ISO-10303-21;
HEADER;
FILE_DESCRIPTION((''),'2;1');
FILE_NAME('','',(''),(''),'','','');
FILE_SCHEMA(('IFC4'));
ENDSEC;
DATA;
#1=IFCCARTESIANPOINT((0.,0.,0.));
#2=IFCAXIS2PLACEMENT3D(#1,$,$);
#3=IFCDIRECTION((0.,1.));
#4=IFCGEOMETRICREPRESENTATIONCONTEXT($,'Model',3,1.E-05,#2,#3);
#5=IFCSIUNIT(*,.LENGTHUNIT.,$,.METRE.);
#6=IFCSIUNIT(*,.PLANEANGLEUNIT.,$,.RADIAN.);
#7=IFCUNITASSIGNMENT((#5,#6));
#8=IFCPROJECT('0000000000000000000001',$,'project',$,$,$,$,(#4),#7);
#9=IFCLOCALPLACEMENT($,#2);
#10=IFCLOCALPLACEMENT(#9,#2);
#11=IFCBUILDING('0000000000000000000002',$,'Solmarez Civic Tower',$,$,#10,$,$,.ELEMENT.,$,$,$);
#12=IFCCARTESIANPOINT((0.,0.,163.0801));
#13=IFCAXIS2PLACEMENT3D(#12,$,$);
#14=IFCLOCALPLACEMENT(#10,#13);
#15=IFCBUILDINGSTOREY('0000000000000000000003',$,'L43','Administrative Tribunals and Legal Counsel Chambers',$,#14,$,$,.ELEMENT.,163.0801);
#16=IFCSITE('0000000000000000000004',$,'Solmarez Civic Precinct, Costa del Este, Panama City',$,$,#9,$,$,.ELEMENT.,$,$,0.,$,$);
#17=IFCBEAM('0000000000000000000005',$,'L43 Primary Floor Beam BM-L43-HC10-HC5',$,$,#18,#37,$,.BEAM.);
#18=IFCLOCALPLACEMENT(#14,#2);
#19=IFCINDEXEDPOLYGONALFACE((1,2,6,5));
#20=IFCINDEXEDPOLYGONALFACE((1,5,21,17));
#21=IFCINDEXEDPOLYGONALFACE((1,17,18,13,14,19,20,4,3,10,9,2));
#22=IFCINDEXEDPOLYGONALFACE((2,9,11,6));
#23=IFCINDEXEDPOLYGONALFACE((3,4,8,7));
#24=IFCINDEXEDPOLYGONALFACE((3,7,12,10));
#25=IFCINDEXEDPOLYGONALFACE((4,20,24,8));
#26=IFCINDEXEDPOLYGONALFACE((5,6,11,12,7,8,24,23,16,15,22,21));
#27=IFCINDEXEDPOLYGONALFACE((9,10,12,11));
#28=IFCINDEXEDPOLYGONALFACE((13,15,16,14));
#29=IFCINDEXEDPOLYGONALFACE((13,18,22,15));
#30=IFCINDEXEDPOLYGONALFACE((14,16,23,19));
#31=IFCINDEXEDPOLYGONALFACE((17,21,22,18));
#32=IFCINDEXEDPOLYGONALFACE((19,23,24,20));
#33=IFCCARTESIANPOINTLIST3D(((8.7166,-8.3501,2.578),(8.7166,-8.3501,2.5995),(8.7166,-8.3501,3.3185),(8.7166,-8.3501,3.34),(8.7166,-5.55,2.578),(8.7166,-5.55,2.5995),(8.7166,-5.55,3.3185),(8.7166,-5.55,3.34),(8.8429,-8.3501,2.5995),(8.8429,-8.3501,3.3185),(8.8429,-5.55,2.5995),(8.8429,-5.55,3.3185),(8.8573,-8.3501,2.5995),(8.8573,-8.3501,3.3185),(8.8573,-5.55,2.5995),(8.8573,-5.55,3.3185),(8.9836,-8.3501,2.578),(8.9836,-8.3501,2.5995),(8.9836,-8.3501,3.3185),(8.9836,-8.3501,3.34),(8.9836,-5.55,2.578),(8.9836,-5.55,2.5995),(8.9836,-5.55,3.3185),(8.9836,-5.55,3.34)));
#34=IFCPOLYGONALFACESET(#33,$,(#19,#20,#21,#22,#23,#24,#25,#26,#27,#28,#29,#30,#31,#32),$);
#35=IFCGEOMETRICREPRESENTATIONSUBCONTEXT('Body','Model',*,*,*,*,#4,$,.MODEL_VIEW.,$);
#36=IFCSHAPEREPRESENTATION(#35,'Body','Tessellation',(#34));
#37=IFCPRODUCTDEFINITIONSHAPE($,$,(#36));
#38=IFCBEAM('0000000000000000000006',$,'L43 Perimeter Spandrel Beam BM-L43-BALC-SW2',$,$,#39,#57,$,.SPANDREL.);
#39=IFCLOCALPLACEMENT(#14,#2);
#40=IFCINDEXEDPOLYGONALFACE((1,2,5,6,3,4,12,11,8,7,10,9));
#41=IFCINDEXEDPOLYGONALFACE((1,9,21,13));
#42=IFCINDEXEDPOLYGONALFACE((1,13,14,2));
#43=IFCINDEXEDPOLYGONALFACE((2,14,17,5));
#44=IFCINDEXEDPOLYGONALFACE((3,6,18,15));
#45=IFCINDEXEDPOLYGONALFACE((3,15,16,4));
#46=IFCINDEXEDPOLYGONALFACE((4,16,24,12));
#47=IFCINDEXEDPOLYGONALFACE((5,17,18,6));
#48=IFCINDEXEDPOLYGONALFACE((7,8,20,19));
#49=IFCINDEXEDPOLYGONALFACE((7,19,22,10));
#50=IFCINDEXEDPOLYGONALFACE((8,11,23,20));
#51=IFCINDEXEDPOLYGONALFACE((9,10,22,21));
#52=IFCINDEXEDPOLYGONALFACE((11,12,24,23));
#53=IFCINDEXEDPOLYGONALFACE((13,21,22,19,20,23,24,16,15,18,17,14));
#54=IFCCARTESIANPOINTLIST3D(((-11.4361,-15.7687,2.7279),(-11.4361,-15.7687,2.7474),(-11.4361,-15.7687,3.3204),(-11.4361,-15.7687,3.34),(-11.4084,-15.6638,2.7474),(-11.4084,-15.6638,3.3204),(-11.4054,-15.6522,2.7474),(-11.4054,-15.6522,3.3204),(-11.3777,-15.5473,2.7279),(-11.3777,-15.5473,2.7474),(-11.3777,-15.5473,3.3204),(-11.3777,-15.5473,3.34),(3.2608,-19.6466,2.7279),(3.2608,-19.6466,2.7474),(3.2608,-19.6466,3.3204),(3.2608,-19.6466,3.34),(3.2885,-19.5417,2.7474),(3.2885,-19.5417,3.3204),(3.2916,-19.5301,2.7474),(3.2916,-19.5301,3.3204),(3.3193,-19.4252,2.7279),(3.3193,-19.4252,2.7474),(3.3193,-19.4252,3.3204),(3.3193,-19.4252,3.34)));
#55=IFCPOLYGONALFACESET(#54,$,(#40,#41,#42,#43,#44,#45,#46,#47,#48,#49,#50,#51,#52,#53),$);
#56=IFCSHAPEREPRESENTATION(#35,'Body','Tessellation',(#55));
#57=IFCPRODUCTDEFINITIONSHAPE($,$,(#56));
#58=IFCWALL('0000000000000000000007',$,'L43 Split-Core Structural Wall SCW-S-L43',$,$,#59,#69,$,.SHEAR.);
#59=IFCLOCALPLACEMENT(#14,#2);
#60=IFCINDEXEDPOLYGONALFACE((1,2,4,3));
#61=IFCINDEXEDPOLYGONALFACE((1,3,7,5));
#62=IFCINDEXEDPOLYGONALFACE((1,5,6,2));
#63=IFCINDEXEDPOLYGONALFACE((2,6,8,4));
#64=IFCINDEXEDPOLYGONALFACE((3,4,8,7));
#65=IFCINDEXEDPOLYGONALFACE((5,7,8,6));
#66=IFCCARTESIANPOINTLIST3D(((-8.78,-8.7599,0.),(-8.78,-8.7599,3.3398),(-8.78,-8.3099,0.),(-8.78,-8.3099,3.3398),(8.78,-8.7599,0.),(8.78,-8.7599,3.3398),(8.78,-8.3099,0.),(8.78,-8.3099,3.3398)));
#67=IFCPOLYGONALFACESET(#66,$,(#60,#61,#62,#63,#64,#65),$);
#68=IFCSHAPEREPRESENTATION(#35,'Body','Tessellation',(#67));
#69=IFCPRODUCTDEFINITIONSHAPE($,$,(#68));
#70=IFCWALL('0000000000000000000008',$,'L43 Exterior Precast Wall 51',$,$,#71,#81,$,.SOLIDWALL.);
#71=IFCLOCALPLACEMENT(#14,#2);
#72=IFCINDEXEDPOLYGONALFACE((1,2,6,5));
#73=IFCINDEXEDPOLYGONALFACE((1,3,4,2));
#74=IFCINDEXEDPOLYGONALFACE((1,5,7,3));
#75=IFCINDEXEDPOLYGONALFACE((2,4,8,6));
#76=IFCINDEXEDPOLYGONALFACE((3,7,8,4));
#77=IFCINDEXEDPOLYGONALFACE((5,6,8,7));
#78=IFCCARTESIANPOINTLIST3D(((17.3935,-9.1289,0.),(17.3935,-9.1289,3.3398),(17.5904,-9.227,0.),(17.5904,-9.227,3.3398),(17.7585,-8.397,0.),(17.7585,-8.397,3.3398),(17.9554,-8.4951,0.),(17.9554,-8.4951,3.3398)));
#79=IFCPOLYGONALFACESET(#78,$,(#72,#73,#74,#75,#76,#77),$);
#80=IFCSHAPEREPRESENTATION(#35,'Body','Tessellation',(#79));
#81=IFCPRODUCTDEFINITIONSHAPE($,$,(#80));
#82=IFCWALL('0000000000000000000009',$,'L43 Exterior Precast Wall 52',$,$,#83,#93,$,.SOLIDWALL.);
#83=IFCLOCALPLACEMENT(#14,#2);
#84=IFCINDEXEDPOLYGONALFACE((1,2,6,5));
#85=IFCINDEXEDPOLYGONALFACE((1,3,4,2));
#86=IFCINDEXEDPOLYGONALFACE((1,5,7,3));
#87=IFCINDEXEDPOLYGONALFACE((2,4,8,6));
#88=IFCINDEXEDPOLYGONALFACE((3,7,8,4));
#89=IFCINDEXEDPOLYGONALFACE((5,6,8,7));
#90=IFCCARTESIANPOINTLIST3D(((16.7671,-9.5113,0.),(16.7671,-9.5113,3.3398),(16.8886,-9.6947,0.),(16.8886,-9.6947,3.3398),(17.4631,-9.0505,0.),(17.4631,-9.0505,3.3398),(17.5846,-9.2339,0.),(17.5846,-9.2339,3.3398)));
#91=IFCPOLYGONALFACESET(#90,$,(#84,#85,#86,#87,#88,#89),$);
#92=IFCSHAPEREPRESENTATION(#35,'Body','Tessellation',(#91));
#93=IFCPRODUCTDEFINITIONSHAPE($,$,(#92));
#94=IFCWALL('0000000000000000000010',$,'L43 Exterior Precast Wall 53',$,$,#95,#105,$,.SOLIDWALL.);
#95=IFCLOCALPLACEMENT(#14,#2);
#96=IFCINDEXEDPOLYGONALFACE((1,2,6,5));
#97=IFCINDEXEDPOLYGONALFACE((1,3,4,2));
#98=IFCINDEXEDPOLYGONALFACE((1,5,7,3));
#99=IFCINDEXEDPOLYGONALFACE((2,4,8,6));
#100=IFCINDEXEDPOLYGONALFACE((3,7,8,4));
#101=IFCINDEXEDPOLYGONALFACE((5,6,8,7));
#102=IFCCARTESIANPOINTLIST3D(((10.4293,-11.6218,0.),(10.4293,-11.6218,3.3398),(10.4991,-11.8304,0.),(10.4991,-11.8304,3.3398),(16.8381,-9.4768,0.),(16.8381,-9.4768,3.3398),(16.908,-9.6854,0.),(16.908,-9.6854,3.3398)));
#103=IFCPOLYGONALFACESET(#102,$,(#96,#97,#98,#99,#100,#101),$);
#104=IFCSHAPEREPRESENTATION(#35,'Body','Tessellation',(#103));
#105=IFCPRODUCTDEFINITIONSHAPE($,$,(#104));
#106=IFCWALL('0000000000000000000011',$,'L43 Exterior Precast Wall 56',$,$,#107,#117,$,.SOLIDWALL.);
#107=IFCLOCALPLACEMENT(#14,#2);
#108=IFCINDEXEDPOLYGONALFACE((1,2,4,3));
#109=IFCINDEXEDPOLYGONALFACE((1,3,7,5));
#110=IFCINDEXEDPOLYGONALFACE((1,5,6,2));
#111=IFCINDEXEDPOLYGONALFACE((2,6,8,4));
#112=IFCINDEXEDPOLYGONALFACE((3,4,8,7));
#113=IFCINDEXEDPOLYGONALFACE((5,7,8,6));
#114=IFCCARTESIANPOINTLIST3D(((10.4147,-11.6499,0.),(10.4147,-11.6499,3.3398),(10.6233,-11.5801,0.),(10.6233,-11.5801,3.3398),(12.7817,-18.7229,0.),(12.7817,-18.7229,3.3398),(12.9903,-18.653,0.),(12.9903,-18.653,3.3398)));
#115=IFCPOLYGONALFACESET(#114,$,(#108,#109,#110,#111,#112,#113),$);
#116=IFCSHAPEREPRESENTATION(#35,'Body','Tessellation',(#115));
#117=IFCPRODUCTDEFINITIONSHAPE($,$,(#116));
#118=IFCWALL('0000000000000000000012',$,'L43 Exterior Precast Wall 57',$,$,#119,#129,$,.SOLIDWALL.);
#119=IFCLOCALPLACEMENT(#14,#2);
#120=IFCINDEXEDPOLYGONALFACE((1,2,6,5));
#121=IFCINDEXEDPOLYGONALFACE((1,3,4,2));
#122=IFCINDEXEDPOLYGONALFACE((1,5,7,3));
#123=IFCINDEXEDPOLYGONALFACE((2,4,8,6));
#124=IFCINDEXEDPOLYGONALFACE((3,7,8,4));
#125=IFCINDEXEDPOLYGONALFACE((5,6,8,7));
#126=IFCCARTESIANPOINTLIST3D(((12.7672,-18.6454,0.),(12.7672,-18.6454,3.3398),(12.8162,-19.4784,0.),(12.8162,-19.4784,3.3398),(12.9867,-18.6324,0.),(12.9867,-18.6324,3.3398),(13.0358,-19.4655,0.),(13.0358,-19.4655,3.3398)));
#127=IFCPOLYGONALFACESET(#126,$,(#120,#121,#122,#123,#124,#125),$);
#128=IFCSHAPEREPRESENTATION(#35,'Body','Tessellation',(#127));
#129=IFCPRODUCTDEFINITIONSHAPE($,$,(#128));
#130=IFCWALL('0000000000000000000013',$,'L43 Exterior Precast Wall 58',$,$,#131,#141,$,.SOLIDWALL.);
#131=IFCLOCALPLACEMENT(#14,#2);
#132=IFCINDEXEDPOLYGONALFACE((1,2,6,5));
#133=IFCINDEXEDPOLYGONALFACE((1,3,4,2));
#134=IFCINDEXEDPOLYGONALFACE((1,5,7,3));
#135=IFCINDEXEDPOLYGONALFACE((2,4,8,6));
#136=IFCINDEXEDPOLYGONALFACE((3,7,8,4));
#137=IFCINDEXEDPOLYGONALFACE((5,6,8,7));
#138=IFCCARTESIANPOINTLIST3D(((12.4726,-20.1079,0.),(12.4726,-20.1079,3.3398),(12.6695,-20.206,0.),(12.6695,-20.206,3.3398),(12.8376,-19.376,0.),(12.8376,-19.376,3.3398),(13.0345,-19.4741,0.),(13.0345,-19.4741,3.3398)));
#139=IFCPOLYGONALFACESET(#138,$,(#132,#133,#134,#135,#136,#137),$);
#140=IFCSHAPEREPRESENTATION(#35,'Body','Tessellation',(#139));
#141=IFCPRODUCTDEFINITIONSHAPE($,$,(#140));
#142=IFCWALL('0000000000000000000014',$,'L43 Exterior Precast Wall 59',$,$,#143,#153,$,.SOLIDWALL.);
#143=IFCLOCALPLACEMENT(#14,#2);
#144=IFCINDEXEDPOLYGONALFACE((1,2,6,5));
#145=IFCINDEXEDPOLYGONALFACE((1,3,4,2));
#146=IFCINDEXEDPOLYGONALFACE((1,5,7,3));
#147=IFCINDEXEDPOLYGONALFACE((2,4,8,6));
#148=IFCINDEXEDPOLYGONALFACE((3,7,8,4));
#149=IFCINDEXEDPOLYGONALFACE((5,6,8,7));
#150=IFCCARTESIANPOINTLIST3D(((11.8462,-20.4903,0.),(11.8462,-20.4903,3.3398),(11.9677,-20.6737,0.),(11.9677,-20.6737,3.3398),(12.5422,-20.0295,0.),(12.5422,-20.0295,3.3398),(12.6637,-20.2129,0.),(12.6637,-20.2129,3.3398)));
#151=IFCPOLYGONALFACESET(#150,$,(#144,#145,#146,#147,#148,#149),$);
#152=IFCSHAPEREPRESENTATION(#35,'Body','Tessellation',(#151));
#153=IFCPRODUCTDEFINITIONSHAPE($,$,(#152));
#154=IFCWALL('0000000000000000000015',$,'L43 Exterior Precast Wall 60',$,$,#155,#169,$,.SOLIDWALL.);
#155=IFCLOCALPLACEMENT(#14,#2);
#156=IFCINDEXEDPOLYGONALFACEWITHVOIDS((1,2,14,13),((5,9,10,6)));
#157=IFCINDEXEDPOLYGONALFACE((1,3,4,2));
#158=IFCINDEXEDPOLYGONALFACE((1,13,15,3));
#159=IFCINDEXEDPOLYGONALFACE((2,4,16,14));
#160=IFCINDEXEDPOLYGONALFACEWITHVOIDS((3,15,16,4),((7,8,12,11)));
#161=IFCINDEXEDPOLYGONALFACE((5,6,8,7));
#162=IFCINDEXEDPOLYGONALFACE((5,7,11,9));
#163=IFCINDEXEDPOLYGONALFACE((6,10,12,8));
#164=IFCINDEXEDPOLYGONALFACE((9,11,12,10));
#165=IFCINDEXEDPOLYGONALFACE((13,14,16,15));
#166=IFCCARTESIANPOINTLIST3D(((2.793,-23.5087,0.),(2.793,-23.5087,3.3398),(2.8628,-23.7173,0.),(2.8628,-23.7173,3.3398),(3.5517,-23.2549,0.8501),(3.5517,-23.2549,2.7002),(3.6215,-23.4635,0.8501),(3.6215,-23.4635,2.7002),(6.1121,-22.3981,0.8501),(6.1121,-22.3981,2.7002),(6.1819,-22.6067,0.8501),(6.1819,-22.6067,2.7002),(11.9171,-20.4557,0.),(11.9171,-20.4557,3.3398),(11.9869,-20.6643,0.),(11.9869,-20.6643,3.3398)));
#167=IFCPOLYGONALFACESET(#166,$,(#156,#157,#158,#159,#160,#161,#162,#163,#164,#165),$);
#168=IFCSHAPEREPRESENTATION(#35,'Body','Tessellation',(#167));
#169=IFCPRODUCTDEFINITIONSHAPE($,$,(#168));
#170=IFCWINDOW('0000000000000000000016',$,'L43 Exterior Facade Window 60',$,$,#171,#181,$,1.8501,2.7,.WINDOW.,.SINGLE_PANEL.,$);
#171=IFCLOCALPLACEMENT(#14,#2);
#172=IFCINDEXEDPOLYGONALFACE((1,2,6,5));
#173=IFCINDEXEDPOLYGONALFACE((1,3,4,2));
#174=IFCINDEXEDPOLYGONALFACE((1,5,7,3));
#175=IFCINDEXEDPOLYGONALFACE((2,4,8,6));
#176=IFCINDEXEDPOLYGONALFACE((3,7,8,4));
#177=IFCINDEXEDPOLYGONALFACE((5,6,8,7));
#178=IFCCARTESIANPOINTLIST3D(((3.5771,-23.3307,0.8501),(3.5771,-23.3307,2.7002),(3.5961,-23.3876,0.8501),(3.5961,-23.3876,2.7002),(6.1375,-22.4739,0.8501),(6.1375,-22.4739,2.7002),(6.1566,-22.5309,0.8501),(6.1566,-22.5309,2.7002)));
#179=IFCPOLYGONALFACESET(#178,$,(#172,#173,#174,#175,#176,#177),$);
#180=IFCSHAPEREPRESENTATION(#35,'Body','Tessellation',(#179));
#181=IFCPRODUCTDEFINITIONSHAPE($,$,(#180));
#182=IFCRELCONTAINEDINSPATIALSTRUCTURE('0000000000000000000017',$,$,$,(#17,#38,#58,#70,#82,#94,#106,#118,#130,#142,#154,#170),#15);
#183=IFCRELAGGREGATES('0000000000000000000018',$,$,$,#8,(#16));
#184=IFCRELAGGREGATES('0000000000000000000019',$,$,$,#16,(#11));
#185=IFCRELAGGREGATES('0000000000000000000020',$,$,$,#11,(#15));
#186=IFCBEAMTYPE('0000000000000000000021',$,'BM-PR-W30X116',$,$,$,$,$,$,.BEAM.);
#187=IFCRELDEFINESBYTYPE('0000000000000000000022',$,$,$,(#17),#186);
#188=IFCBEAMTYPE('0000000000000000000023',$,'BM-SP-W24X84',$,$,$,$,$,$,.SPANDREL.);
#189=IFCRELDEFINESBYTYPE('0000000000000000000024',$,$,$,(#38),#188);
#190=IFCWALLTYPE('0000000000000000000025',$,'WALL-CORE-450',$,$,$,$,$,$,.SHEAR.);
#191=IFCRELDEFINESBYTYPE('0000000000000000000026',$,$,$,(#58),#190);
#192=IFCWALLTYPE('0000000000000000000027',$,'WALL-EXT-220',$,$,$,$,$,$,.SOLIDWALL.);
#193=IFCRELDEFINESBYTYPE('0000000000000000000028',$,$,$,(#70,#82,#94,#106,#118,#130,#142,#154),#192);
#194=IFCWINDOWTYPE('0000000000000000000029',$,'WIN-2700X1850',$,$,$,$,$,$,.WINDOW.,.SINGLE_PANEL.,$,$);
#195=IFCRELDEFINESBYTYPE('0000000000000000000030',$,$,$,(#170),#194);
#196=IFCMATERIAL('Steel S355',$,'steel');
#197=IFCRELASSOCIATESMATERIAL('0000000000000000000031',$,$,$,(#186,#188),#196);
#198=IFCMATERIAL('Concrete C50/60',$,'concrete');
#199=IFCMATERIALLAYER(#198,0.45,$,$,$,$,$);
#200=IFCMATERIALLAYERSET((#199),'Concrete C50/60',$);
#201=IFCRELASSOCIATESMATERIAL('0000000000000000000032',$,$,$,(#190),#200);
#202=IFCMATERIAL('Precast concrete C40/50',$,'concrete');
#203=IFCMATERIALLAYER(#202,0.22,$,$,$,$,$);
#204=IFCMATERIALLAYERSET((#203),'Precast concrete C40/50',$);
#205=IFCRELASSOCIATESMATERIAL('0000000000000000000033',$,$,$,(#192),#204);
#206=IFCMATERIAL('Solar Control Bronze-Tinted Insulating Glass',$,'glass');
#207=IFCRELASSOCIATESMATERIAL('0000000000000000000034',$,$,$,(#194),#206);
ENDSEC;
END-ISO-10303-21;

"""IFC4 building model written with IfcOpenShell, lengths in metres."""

from ifc_helpers import new_model, si_unit, direction, frame, frame_2d, origin, origin_2d, place, context, subcontext, project, spatial, rectangle, i_section, extrude, material, layer, layer_set, material_profile, profile_set, type_object, element, fill, save


model = new_model("IFC4")

# Units and contexts
model_context = context("Model", 3, precision=1e-05, world=origin(), true_north=direction((0.0, 1.0)))
body_context = subcontext(model_context, "Body", "Model", "MODEL_VIEW")
ifc_project = project(units=[si_unit("LENGTHUNIT", "METRE"), si_unit("PLANEANGLEUNIT", "RADIAN")], contexts=[model_context])

# Site, building, storey
site_placement = place(None, origin())
site = spatial("IfcSite", under=ifc_project, at=site_placement, Name="Solmarez Civic Precinct, Costa del Este, Panama City", CompositionType="ELEMENT", RefElevation=0.0)
building_placement = place(site_placement, origin())
building = spatial("IfcBuilding", under=site, at=building_placement, Name="Solmarez Civic Tower", CompositionType="ELEMENT")
storey_placement = place(building_placement, frame((0.0, 0.0, 163.0801)))
storey = spatial("IfcBuildingStorey", under=building, at=storey_placement, Name="L43", Description="Administrative Tribunals and Legal Counsel Chambers", CompositionType="ELEMENT", Elevation=163.0801)

# Shared definitions
ifc_material_1 = material(Name="Concrete C50/60", Category="concrete")
ifc_material_2 = material(Name="Steel S355", Category="steel")

# Beams
ifc_material_profile_1 = material_profile(ifc_material_2, i_section(OverallWidth=0.2671, OverallDepth=0.762, WebThickness=0.0144, FlangeThickness=0.0215, at=origin_2d()), Name="W30X116")
ifc_profile_set_1 = profile_set([ifc_material_profile_1], Name="Steel S355")
beam_type_1 = type_object("IfcBeamType", Name="BM-PR-W30X116", PredefinedType="BEAM", material=ifc_profile_set_1)
beam_1_placement = place(storey_placement, frame((8.8501, -8.3501, 2.959), z_axis=(0.0, 1.0, 0.0), x_axis=(-1.0, 0.0, 0.0)))
element("IfcBeam", 1, at=beam_1_placement, inside=storey, type_object=beam_type_1, Name="L43 Primary Floor Beam BM-L43-HC10-HC5", PredefinedType="BEAM", context=body_context, shape_type="SweptSolid", body=[
    extrude(i_section(OverallWidth=0.2671, OverallDepth=0.762, WebThickness=0.0144, FlangeThickness=0.0215, at=origin_2d()), origin(), (0.0, 0.0, 1.0), 2.8),
])
ifc_material_profile_2 = material_profile(ifc_material_2, i_section(OverallWidth=0.229, OverallDepth=0.6121, WebThickness=0.012, FlangeThickness=0.0195, at=origin_2d()), Name="W24X84")
ifc_profile_set_2 = profile_set([ifc_material_profile_2], Name="Steel S355")
beam_type_2 = type_object("IfcBeamType", Name="BM-SP-W24X84", PredefinedType="SPANDREL", material=ifc_profile_set_2)
beam_2_placement = place(storey_placement, frame((3.29, -19.5359, 3.0339), z_axis=(-0.966908, 0.255127, 0.0), x_axis=(-0.255127, -0.966908, 0.0)))
element("IfcBeam", 2, at=beam_2_placement, inside=storey, type_object=beam_type_2, Name="L43 Perimeter Spandrel Beam BM-L43-BALC-SW2", PredefinedType="SPANDREL", context=body_context, shape_type="SweptSolid", body=[
    extrude(i_section(OverallWidth=0.229, OverallDepth=0.6121, WebThickness=0.012, FlangeThickness=0.0195, at=origin_2d()), origin(), (0.0, 0.0, 1.0), 15.2),
])

# Walls
ifc_layer_1 = layer(ifc_material_1, 0.45)
ifc_layer_set_1 = layer_set([ifc_layer_1], Name="Concrete C50/60")
wall_type_1 = type_object("IfcWallType", Name="WALL-CORE-450", PredefinedType="SHEAR", material=ifc_layer_set_1)
wall_1_placement = place(storey_placement, frame((8.78, -8.5349, 0.0), z_axis=(0.0, 0.0, 1.0), x_axis=(-1.0, 0.0, 0.0)))
element("IfcWall", 3, at=wall_1_placement, inside=storey, type_object=wall_type_1, Name="L43 Split-Core Structural Wall SCW-S-L43", PredefinedType="SHEAR", context=body_context, shape_type="SweptSolid", body=[
    extrude(rectangle(XDim=17.5601, YDim=0.45, at=frame_2d((8.78, 0.0))), origin(), (0.0, 0.0, 1.0), 3.3398),
])
ifc_material_3 = material(Name="Precast concrete C40/50", Category="concrete")
ifc_layer_2 = layer(ifc_material_3, 0.22)
ifc_layer_set_2 = layer_set([ifc_layer_2], Name="Precast concrete C40/50")
wall_type_2 = type_object("IfcWallType", Name="WALL-EXT-220", PredefinedType="SOLIDWALL", material=ifc_layer_set_2)
wall_2_placement = place(storey_placement, frame((17.8569, -8.446, 0.0), z_axis=(0.0, 0.0, 1.0), x_axis=(-0.446258, -0.894904, 0.0)))
element("IfcWall", 4, at=wall_2_placement, inside=storey, type_object=wall_type_2, Name="L43 Exterior Precast Wall 51", PredefinedType="SOLIDWALL", context=body_context, shape_type="SweptSolid", body=[
    extrude(rectangle(XDim=0.8179, YDim=0.22, at=frame_2d((0.4089, 0.0))), origin(), (0.0, 0.0, 1.0), 3.3398),
])
wall_3_placement = place(storey_placement, frame((17.5239, -9.1421, 0.0), z_axis=(0.0, 0.0, 1.0), x_axis=(-0.833756, -0.552133, 0.0)))
element("IfcWall", 5, at=wall_3_placement, inside=storey, type_object=wall_type_2, Name="L43 Exterior Precast Wall 52", PredefinedType="SOLIDWALL", context=body_context, shape_type="SweptSolid", body=[
    extrude(rectangle(XDim=0.8347, YDim=0.22, at=frame_2d((0.4175, 0.0))), origin(), (0.0, 0.0, 1.0), 3.3398),
])
wall_4_placement = place(storey_placement, frame((16.873, -9.5811, 0.0), z_axis=(0.0, 0.0, 1.0), x_axis=(-0.948296, -0.317387, 0.0)))
element("IfcWall", 6, at=wall_4_placement, inside=storey, type_object=wall_type_2, Name="L43 Exterior Precast Wall 53", PredefinedType="SOLIDWALL", context=body_context, shape_type="SweptSolid", body=[
    extrude(rectangle(XDim=6.7583, YDim=0.22, at=frame_2d((3.3792, 0.0))), origin(), (0.0, 0.0, 1.0), 3.3398),
])
wall_5_placement = place(storey_placement, frame((10.519, -11.615, 0.0), z_axis=(0.0, 0.0, 1.0), x_axis=(0.317347, -0.948309, 0.0)))
element("IfcWall", 7, at=wall_5_placement, inside=storey, type_object=wall_type_2, Name="L43 Exterior Precast Wall 56", PredefinedType="SOLIDWALL", context=body_context, shape_type="SweptSolid", body=[
    extrude(rectangle(XDim=7.4585, YDim=0.22, at=frame_2d((3.7292, 0.0))), origin(), (0.0, 0.0, 1.0), 3.3398),
])
wall_6_placement = place(storey_placement, frame((12.877, -18.6389, 0.0), z_axis=(0.0, 0.0, 1.0), x_axis=(0.058808, -0.998269, 0.0)))
element("IfcWall", 8, at=wall_6_placement, inside=storey, type_object=wall_type_2, Name="L43 Exterior Precast Wall 57", PredefinedType="SOLIDWALL", context=body_context, shape_type="SweptSolid", body=[
    extrude(rectangle(XDim=0.8345, YDim=0.22, at=frame_2d((0.4172, 0.0))), origin(), (0.0, 0.0, 1.0), 3.3398),
])
wall_7_placement = place(storey_placement, frame((12.936, -19.425, 0.0), z_axis=(0.0, 0.0, 1.0), x_axis=(-0.446258, -0.894904, 0.0)))
element("IfcWall", 9, at=wall_7_placement, inside=storey, type_object=wall_type_2, Name="L43 Exterior Precast Wall 58", PredefinedType="SOLIDWALL", context=body_context, shape_type="SweptSolid", body=[
    extrude(rectangle(XDim=0.8179, YDim=0.22, at=frame_2d((0.4089, 0.0))), origin(), (0.0, 0.0, 1.0), 3.3398),
])
wall_8_placement = place(storey_placement, frame((12.603, -20.1211, 0.0), z_axis=(0.0, 0.0, 1.0), x_axis=(-0.833756, -0.552133, 0.0)))
element("IfcWall", 10, at=wall_8_placement, inside=storey, type_object=wall_type_2, Name="L43 Exterior Precast Wall 59", PredefinedType="SOLIDWALL", context=body_context, shape_type="SweptSolid", body=[
    extrude(rectangle(XDim=0.8347, YDim=0.22, at=frame_2d((0.4175, 0.0))), origin(), (0.0, 0.0, 1.0), 3.3398),
])

# Wall, opening, window
wall_9_placement = place(storey_placement, frame((11.9519, -20.5601, 0.0), z_axis=(0.0, 0.0, 1.0), x_axis=(-0.94832, -0.317316, 0.0)))
wall_9 = element("IfcWall", 11, at=wall_9_placement, inside=storey, type_object=wall_type_2, Name="L43 Exterior Precast Wall 60", PredefinedType="SOLIDWALL", context=body_context, shape_type="SweptSolid", body=[
    extrude(rectangle(XDim=9.6213, YDim=0.22, at=frame_2d((4.8105, 0.0))), origin(), (0.0, 0.0, 1.0), 3.3398),
])
opening_1_placement = place(wall_9_placement, frame((6.1211, 0.0, 0.8501)))
opening_1 = element("IfcOpeningElement", 12, at=opening_1_placement, cuts=wall_9, PredefinedType="OPENING", context=body_context, shape_type="SweptSolid", body=[
    extrude(rectangle(XDim=2.7, YDim=1.8501, at=frame_2d((1.3501, 0.925))), frame((0.0, 0.1199, 0.0), z_axis=(0.0, -1.0, 0.0), x_axis=(1.0, 0.0, 0.0)), (0.0, 0.0, 1.0), 0.24),
])
ifc_material_4 = material(Name="Solar Control Bronze-Tinted Insulating Glass", Category="glass")
window_type = type_object("IfcWindowType", Name="WIN-2700X1850", PartitioningType="SINGLE_PANEL", PredefinedType="WINDOW", material=ifc_material_4)
window_placement = place(opening_1_placement, origin())
window = element("IfcWindow", 13, at=window_placement, inside=storey, type_object=window_type, Name="L43 Exterior Facade Window 60", OverallHeight=1.8501, OverallWidth=2.7, PartitioningType="SINGLE_PANEL", PredefinedType="WINDOW", context=body_context, shape_type="SweptSolid", body=[
    extrude(rectangle(XDim=2.7, YDim=1.8501, at=frame_2d((1.3501, 0.925))), frame((0.0, 0.03, 0.0), z_axis=(0.0, -1.0, 0.0), x_axis=(1.0, 0.0, 0.0)), (0.0, 0.0, 1.0), 0.0601),
])
fill(opening_1, window)

save(model, "model.ifc")
